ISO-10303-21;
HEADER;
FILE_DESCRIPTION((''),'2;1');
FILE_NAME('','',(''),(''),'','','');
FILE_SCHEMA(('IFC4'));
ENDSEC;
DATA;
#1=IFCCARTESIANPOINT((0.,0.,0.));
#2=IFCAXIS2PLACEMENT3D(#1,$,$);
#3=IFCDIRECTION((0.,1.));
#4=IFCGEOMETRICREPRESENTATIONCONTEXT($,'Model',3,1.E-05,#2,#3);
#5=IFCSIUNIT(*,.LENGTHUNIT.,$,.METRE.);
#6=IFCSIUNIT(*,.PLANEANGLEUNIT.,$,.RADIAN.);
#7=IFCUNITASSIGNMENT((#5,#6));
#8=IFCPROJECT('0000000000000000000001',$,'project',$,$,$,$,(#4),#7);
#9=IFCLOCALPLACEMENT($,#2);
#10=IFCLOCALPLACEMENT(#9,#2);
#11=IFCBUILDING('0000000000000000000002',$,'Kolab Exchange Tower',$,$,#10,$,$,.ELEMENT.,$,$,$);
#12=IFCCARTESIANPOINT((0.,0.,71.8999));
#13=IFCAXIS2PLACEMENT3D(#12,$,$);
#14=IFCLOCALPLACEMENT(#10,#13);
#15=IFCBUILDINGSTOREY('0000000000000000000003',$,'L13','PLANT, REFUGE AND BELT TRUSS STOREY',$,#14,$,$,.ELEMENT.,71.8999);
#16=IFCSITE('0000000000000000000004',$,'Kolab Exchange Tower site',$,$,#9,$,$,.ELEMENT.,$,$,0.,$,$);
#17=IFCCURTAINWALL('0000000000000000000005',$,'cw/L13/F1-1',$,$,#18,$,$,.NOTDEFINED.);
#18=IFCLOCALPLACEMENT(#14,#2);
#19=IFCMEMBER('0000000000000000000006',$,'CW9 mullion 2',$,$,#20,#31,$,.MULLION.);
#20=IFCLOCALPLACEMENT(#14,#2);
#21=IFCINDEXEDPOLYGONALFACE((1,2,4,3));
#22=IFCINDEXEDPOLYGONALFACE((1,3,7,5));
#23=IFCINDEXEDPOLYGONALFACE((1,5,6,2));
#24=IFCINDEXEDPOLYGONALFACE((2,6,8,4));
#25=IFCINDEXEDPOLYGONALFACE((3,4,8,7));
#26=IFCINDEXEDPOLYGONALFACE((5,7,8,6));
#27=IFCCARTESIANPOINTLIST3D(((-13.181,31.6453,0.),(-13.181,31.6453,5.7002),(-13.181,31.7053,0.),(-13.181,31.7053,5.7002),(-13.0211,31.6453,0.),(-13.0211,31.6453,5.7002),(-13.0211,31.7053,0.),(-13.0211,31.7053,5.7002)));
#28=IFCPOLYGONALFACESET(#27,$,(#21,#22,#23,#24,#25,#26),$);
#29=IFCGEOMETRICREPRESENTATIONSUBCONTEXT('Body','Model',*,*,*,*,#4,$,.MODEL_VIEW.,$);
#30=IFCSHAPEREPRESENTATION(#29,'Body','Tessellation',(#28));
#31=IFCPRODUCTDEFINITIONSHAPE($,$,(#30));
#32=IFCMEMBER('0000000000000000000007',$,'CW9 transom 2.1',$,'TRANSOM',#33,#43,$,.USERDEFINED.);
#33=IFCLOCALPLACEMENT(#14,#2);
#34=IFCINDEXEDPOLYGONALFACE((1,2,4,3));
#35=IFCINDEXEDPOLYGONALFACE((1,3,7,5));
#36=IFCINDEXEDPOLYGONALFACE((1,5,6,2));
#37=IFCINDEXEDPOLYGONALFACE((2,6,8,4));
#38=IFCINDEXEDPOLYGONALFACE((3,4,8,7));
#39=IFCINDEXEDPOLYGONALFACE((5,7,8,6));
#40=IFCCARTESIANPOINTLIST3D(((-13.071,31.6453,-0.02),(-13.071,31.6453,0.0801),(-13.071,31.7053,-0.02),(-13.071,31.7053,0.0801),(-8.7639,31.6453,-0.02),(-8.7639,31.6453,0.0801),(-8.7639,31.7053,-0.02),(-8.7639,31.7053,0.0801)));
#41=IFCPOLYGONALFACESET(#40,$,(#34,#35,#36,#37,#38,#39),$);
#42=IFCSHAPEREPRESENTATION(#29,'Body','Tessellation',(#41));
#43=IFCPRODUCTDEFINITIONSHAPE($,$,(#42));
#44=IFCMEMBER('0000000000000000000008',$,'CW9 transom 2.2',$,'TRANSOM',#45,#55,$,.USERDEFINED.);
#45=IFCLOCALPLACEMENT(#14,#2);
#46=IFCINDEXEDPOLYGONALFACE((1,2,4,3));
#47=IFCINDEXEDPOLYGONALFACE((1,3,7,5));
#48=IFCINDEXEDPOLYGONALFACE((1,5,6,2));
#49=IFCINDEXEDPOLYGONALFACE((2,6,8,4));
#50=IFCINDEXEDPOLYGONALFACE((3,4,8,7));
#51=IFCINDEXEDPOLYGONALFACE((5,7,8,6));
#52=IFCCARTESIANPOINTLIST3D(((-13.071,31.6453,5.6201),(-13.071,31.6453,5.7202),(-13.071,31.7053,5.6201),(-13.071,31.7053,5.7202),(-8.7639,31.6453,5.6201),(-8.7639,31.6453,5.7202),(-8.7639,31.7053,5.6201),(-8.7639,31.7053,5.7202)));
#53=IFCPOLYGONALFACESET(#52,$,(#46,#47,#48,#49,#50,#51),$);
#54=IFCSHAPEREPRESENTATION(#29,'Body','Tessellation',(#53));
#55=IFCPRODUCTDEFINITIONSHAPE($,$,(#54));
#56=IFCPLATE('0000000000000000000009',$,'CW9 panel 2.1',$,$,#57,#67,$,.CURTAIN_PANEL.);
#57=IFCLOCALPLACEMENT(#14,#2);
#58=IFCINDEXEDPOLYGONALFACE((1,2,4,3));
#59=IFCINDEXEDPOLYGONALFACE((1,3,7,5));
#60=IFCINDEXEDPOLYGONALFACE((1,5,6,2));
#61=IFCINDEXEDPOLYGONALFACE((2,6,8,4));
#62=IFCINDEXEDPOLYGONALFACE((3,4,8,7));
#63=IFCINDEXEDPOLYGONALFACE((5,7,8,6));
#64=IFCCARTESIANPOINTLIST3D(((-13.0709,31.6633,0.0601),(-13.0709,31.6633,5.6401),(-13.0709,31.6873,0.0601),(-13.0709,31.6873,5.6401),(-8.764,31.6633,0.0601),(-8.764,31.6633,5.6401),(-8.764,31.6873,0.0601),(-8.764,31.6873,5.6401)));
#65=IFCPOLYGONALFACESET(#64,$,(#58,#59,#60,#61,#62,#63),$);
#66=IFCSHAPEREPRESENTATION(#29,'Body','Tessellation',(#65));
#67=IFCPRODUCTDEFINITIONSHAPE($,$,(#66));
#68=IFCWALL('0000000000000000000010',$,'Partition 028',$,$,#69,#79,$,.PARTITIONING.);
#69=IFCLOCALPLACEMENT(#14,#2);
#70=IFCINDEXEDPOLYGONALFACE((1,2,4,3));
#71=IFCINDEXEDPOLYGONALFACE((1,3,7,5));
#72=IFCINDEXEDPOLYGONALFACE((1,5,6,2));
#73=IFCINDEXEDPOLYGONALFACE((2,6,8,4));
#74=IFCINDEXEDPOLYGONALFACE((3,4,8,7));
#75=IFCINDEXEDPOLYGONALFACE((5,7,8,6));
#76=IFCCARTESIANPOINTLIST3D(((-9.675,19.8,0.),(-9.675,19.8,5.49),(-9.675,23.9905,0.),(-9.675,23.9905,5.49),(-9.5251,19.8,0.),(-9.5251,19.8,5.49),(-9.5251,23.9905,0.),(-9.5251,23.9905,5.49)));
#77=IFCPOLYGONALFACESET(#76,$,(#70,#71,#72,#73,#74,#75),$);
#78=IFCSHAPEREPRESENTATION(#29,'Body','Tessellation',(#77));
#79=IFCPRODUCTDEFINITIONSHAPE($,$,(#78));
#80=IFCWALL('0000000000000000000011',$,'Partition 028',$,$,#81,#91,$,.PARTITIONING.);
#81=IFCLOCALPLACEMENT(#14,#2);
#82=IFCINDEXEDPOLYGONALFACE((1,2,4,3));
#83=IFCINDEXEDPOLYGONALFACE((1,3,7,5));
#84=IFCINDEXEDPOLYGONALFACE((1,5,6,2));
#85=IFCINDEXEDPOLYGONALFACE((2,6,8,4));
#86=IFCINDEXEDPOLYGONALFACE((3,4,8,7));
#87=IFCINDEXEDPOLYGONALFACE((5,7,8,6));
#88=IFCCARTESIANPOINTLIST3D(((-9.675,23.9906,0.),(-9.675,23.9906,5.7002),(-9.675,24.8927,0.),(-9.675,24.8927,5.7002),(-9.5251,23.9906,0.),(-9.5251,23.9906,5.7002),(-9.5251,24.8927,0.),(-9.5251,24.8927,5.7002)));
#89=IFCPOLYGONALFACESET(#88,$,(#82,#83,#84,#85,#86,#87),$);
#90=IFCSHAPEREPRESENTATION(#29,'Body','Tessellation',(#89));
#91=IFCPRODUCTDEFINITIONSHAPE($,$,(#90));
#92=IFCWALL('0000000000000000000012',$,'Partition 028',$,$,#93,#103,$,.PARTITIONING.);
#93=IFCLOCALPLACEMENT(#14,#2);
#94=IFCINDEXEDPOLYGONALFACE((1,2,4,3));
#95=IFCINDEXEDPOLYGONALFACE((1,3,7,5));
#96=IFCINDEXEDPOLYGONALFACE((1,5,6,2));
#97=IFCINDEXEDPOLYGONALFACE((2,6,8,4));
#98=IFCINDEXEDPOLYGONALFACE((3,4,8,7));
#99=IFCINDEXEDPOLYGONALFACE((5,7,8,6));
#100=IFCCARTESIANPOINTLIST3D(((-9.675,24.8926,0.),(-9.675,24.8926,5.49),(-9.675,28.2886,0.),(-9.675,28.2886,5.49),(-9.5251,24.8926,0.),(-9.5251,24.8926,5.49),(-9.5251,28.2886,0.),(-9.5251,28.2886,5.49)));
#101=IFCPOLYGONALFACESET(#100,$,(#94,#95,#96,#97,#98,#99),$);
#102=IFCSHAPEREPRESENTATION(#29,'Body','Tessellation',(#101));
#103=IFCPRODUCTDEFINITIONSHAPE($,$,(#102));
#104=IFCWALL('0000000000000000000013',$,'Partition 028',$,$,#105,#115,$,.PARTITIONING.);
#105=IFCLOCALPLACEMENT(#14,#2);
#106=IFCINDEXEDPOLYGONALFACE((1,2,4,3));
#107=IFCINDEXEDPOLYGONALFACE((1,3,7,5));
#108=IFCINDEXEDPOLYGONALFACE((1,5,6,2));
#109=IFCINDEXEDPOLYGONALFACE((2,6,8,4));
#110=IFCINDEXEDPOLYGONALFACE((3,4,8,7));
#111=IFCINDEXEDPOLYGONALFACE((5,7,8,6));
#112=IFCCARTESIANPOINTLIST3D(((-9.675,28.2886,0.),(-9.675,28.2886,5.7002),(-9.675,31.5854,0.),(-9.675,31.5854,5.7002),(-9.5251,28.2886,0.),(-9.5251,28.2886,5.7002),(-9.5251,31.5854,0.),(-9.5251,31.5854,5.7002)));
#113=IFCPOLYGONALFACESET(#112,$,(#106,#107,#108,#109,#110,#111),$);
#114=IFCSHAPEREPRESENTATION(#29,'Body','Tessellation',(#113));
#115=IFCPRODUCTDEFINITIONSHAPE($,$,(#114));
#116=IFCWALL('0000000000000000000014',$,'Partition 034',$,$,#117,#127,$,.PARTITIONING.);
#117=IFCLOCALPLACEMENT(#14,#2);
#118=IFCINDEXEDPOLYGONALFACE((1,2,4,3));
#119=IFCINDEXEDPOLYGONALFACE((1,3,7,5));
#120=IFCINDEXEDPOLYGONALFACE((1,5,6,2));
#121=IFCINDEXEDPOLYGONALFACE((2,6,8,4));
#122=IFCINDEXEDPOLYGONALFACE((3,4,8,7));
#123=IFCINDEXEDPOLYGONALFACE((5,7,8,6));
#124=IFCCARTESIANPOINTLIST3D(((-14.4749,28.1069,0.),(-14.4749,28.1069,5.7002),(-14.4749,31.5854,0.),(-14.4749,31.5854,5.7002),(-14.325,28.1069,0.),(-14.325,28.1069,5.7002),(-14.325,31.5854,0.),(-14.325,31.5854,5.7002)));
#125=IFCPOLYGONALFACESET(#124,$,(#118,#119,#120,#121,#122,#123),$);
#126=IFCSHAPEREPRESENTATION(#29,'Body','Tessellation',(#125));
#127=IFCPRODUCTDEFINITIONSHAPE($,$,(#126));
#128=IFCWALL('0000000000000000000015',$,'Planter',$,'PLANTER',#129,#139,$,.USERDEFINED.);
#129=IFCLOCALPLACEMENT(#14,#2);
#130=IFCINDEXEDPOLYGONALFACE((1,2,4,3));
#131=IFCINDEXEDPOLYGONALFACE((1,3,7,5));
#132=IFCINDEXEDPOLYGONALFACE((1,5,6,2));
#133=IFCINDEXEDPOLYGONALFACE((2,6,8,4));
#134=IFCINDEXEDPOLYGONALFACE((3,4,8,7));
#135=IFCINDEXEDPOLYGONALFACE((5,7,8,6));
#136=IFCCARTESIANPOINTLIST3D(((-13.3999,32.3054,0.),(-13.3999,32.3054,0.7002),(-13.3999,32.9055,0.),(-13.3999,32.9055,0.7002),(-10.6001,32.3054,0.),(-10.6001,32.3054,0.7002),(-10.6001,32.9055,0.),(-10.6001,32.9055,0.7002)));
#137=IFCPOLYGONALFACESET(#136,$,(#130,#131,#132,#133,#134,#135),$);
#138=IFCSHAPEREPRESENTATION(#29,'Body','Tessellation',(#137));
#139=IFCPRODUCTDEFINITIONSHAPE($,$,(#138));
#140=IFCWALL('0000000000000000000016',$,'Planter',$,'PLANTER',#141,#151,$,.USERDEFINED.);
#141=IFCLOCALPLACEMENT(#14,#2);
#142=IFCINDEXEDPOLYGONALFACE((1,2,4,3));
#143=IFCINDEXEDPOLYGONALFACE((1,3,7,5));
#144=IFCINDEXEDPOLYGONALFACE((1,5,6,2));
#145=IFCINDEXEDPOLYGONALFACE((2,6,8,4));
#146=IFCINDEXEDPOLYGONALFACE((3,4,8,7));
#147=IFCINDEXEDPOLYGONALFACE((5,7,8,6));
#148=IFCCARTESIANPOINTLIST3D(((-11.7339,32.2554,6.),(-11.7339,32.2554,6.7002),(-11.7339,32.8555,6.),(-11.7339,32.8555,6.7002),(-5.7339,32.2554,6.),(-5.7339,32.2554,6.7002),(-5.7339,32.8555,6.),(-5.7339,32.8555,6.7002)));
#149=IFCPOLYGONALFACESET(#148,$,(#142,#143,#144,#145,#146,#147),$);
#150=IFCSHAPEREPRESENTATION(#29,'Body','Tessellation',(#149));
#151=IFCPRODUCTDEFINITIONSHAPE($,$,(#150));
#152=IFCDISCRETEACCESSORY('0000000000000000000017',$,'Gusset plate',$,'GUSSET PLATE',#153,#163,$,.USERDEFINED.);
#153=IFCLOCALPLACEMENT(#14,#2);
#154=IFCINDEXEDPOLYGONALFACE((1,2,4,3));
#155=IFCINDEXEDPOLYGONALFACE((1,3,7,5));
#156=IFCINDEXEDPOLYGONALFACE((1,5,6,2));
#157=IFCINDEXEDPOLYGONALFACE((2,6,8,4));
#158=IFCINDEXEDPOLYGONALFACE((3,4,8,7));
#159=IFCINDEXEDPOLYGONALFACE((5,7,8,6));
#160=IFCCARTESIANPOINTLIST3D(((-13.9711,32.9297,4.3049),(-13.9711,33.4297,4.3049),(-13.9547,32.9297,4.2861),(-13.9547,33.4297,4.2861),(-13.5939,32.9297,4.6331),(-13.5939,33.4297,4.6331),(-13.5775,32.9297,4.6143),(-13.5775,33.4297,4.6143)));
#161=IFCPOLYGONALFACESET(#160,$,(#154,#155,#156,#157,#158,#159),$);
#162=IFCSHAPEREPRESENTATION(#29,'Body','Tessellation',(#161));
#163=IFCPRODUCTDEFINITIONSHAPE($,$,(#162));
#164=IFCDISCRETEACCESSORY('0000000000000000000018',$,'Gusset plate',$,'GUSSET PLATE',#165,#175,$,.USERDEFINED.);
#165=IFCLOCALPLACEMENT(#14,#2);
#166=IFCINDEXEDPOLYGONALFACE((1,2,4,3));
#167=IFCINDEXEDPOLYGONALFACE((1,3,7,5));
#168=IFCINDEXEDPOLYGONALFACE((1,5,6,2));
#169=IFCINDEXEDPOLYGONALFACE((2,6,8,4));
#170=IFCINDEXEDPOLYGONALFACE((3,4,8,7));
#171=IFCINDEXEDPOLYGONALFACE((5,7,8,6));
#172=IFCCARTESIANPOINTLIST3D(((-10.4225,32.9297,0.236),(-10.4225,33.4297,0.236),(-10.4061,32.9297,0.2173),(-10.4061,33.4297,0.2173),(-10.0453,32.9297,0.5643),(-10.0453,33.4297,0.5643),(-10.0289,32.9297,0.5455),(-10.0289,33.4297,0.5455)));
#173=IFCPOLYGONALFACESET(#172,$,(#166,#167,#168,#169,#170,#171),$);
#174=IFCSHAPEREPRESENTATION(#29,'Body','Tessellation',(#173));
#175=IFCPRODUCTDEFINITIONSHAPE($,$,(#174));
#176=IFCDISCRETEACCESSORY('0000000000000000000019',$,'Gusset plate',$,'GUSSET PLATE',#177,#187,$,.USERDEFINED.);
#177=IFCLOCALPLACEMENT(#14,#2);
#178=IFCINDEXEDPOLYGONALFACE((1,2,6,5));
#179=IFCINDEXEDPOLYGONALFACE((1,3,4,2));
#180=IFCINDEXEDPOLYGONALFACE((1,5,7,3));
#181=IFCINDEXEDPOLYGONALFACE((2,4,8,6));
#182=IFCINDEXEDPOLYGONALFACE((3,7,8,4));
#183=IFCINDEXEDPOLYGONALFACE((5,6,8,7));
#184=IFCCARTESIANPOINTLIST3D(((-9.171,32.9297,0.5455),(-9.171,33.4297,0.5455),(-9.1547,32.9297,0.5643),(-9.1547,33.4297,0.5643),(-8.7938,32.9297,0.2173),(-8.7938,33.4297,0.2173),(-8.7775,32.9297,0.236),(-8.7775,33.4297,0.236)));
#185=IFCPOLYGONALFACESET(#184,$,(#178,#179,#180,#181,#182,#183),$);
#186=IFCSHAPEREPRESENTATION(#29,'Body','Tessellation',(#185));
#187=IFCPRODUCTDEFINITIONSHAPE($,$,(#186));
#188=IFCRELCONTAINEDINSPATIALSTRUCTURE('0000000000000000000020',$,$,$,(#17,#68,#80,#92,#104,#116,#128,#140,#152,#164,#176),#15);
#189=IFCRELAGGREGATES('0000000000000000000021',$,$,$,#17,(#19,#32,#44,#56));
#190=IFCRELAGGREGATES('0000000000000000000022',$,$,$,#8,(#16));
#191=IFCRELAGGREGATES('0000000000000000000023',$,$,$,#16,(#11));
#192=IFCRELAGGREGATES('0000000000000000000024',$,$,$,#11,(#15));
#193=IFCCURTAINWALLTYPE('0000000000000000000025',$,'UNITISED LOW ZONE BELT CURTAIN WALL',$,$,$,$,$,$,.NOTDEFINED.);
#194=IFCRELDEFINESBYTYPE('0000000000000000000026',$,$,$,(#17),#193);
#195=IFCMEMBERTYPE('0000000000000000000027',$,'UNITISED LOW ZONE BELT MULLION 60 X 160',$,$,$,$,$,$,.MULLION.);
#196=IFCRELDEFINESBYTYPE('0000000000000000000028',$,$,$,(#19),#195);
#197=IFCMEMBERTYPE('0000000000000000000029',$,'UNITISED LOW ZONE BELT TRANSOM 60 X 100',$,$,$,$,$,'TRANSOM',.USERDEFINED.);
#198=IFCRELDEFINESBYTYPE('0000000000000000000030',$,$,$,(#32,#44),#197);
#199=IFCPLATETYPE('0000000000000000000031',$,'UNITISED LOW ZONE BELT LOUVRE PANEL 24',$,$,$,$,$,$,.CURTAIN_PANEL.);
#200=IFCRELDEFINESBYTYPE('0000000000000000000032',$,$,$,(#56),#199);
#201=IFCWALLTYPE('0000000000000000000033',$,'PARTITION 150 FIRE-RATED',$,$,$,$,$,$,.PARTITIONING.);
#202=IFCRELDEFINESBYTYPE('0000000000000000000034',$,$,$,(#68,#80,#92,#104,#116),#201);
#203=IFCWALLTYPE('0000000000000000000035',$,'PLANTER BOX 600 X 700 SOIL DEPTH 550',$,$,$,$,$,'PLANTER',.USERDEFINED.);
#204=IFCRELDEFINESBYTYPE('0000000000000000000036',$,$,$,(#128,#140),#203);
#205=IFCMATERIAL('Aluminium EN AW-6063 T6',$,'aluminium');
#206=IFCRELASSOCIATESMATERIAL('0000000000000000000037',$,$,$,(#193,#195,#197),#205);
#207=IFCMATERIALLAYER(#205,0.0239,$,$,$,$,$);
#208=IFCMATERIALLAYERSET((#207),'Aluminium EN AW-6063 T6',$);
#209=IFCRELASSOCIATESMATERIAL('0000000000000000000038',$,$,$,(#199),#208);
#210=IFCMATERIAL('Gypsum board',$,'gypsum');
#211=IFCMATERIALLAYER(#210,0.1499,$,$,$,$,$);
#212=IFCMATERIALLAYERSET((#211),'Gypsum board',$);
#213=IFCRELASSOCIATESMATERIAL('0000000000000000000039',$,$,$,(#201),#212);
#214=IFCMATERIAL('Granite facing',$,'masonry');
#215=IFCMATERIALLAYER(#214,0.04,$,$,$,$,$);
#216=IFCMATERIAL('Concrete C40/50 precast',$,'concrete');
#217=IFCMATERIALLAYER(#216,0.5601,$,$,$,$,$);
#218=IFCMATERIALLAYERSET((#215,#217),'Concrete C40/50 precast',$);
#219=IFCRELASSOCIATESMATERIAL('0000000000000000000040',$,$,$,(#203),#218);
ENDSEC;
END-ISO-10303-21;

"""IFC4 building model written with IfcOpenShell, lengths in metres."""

from ifc_helpers import new_model, si_unit, direction, frame, frame_2d, origin, origin_2d, place, context, subcontext, project, spatial, rectangle, extrude, material, layer, layer_set, material_profile, profile_set, type_object, element, aggregate, save


model = new_model("IFC4")

# Units and contexts
model_context = context("Model", 3, precision=1e-05, world=origin(), true_north=direction((0.0, 1.0)))
body_context = subcontext(model_context, "Body", "Model", "MODEL_VIEW")
ifc_project = project(units=[si_unit("LENGTHUNIT", "METRE"), si_unit("PLANEANGLEUNIT", "RADIAN")], contexts=[model_context])

# Site, building, storey
site_placement = place(None, origin())
site = spatial("IfcSite", under=ifc_project, at=site_placement, Name="Kolab Exchange Tower site", CompositionType="ELEMENT", RefElevation=0.0)
building_placement = place(site_placement, origin())
building = spatial("IfcBuilding", under=site, at=building_placement, Name="Kolab Exchange Tower", CompositionType="ELEMENT")
storey_placement = place(building_placement, frame((0.0, 0.0, 71.8999)))
storey = spatial("IfcBuildingStorey", under=building, at=storey_placement, Name="L13", Description="PLANT, REFUGE AND BELT TRUSS STOREY", CompositionType="ELEMENT", Elevation=71.8999)

# Curtain wall, members, plate
ifc_material_1 = material(Name="Aluminium EN AW-6063 T6", Category="aluminium")
curtain_wall_type = type_object("IfcCurtainWallType", Name="UNITISED LOW ZONE BELT CURTAIN WALL", PredefinedType="NOTDEFINED", material=ifc_material_1)
curtain_wall_placement = place(storey_placement, origin())
curtain_wall = element("IfcCurtainWall", 1, at=curtain_wall_placement, inside=storey, type_object=curtain_wall_type, Name="cw/L13/F1-1", PredefinedType="NOTDEFINED")
ifc_material_profile_1 = material_profile(ifc_material_1, rectangle(XDim=0.0601, YDim=0.1599, at=origin_2d()), Name="RECT 60X160")
ifc_profile_set_1 = profile_set([ifc_material_profile_1], Name="Aluminium EN AW-6063 T6")
member_type_1 = type_object("IfcMemberType", Name="UNITISED LOW ZONE BELT MULLION 60 X 160", PredefinedType="MULLION", material=ifc_profile_set_1)
member_1_placement = place(storey_placement, frame((-13.1011, 31.6753, 0.0), z_axis=(0.0, 0.0, 1.0), x_axis=(0.0, 1.0, 0.0)))
member_1 = element("IfcMember", 2, at=member_1_placement, type_object=member_type_1, Name="CW9 mullion 2", PredefinedType="MULLION", context=body_context, shape_type="SweptSolid", body=[
    extrude(rectangle(XDim=0.0601, YDim=0.1599, at=origin_2d()), origin(), (0.0, 0.0, 1.0), 5.7002),
])
ifc_material_profile_2 = material_profile(ifc_material_1, rectangle(XDim=0.0601, YDim=0.1001, at=origin_2d()), Name="RECT 60X100")
ifc_profile_set_2 = profile_set([ifc_material_profile_2], Name="Aluminium EN AW-6063 T6")
member_type_2 = type_object("IfcMemberType", Name="UNITISED LOW ZONE BELT TRANSOM 60 X 100", ElementType="TRANSOM", PredefinedType="USERDEFINED", material=ifc_profile_set_2)
member_2_placement = place(storey_placement, frame((-13.071, 31.6753, 0.03), z_axis=(1.0, 0.0, 0.0), x_axis=(0.0, 1.0, 0.0)))
member_2 = element("IfcMember", 3, at=member_2_placement, type_object=member_type_2, Name="CW9 transom 2.1", ObjectType="TRANSOM", PredefinedType="USERDEFINED", context=body_context, shape_type="SweptSolid", body=[
    extrude(rectangle(XDim=0.0601, YDim=0.1001, at=origin_2d()), origin(), (0.0, 0.0, 1.0), 4.3071),
])
member_3_placement = place(storey_placement, frame((-13.071, 31.6753, 5.6702), z_axis=(1.0, 0.0, 0.0), x_axis=(0.0, 1.0, 0.0)))
member_3 = element("IfcMember", 4, at=member_3_placement, type_object=member_type_2, Name="CW9 transom 2.2", ObjectType="TRANSOM", PredefinedType="USERDEFINED", context=body_context, shape_type="SweptSolid", body=[
    extrude(rectangle(XDim=0.0601, YDim=0.1001, at=origin_2d()), origin(), (0.0, 0.0, 1.0), 4.3071),
])
ifc_layer_1 = layer(ifc_material_1, 0.0239)
ifc_layer_set_1 = layer_set([ifc_layer_1], Name="Aluminium EN AW-6063 T6")
plate_type = type_object("IfcPlateType", Name="UNITISED LOW ZONE BELT LOUVRE PANEL 24", PredefinedType="CURTAIN_PANEL", material=ifc_layer_set_1)
plate_placement = place(storey_placement, frame((-10.9175, 31.6753, 0.0601), z_axis=(0.0, 0.0, 1.0), x_axis=(1.0, 0.0, 0.0)))
plate = element("IfcPlate", 5, at=plate_placement, type_object=plate_type, Name="CW9 panel 2.1", PredefinedType="CURTAIN_PANEL", context=body_context, shape_type="SweptSolid", body=[
    extrude(rectangle(XDim=4.3069, YDim=0.0239, at=origin_2d()), origin(), (0.0, 0.0, 1.0), 5.5801),
])
aggregate(curtain_wall, [member_1, member_2, member_3, plate])

# Walls
ifc_material_2 = material(Name="Gypsum board", Category="gypsum")
ifc_layer_2 = layer(ifc_material_2, 0.1499)
ifc_layer_set_2 = layer_set([ifc_layer_2], Name="Gypsum board")
wall_type_1 = type_object("IfcWallType", Name="PARTITION 150 FIRE-RATED", PredefinedType="PARTITIONING", material=ifc_layer_set_2)
wall_1_placement = place(storey_placement, frame((-9.6001, 19.8, 0.0), z_axis=(0.0, 0.0, 1.0), x_axis=(0.0, 1.0, 0.0)))
element("IfcWall", 6, at=wall_1_placement, inside=storey, type_object=wall_type_1, Name="Partition 028", PredefinedType="PARTITIONING", context=body_context, shape_type="SweptSolid", body=[
    extrude(rectangle(XDim=4.1904, YDim=0.1499, at=frame_2d((2.0952, 0.0))), origin(), (0.0, 0.0, 1.0), 5.49),
])
wall_2_placement = place(storey_placement, frame((-9.6001, 23.9905, 0.0), z_axis=(0.0, 0.0, 1.0), x_axis=(0.0, 1.0, 0.0)))
element("IfcWall", 7, at=wall_2_placement, inside=storey, type_object=wall_type_1, Name="Partition 028", PredefinedType="PARTITIONING", context=body_context, shape_type="SweptSolid", body=[
    extrude(rectangle(XDim=0.9021, YDim=0.1499, at=frame_2d((0.4512, 0.0))), origin(), (0.0, 0.0, 1.0), 5.7002),
])
wall_3_placement = place(storey_placement, frame((-9.6001, 24.8926, 0.0), z_axis=(0.0, 0.0, 1.0), x_axis=(0.0, 1.0, 0.0)))
element("IfcWall", 8, at=wall_3_placement, inside=storey, type_object=wall_type_1, Name="Partition 028", PredefinedType="PARTITIONING", context=body_context, shape_type="SweptSolid", body=[
    extrude(rectangle(XDim=3.396, YDim=0.1499, at=frame_2d((1.698, 0.0))), origin(), (0.0, 0.0, 1.0), 5.49),
])
wall_4_placement = place(storey_placement, frame((-9.6001, 28.2886, 0.0), z_axis=(0.0, 0.0, 1.0), x_axis=(0.0, 1.0, 0.0)))
element("IfcWall", 9, at=wall_4_placement, inside=storey, type_object=wall_type_1, Name="Partition 028", PredefinedType="PARTITIONING", context=body_context, shape_type="SweptSolid", body=[
    extrude(rectangle(XDim=3.2969, YDim=0.1499, at=frame_2d((1.6484, 0.0))), origin(), (0.0, 0.0, 1.0), 5.7002),
])
wall_5_placement = place(storey_placement, frame((-14.3999, 28.1069, 0.0), z_axis=(0.0, 0.0, 1.0), x_axis=(0.0, 1.0, 0.0)))
element("IfcWall", 10, at=wall_5_placement, inside=storey, type_object=wall_type_1, Name="Partition 034", PredefinedType="PARTITIONING", context=body_context, shape_type="SweptSolid", body=[
    extrude(rectangle(XDim=3.4785, YDim=0.1499, at=frame_2d((1.7393, 0.0))), origin(), (0.0, 0.0, 1.0), 5.7002),
])
ifc_material_3 = material(Name="Granite facing", Category="masonry")
ifc_layer_3 = layer(ifc_material_3, 0.04)
ifc_material_4 = material(Name="Concrete C40/50 precast", Category="concrete")
ifc_layer_4 = layer(ifc_material_4, 0.5601)
ifc_layer_set_3 = layer_set([ifc_layer_3, ifc_layer_4], Name="Concrete C40/50 precast")
wall_type_2 = type_object("IfcWallType", Name="PLANTER BOX 600 X 700 SOIL DEPTH 550", ElementType="PLANTER", PredefinedType="USERDEFINED", material=ifc_layer_set_3)
wall_6_placement = place(storey_placement, frame((-13.3999, 32.6055, 0.0), z_axis=(0.0, 0.0, 1.0), x_axis=(1.0, 0.0, 0.0)))
element("IfcWall", 11, at=wall_6_placement, inside=storey, type_object=wall_type_2, Name="Planter", ObjectType="PLANTER", PredefinedType="USERDEFINED", context=body_context, shape_type="SweptSolid", body=[
    extrude(rectangle(XDim=2.7998, YDim=0.6001, at=frame_2d((1.3999, 0.0))), origin(), (0.0, 0.0, 1.0), 0.7002),
])
wall_7_placement = place(storey_placement, frame((-11.7339, 32.5554, 6.0), z_axis=(0.0, 0.0, 1.0), x_axis=(1.0, 0.0, 0.0)))
element("IfcWall", 12, at=wall_7_placement, inside=storey, type_object=wall_type_2, Name="Planter", ObjectType="PLANTER", PredefinedType="USERDEFINED", context=body_context, shape_type="SweptSolid", body=[
    extrude(rectangle(XDim=6.0, YDim=0.6001, at=frame_2d((3.0, 0.0))), origin(), (0.0, 0.0, 1.0), 0.7002),
])

# Discrete accessories
for number, where, z_axis, x_axis, name in (
    (13, (-13.7661, 33.1797, 4.4502), (-0.656421, 0.0, 0.754395), (0.0, -1.0, 0.0), "Gusset plate"),
    (14, (-10.2339, 33.1797, 0.4001), (0.656421, 0.0, -0.754395), (0.0, 1.0, 0.0), "Gusset plate"),
    (15, (-8.9661, 33.1797, 0.4001), (-0.656421, 0.0, -0.754395), (0.0, -1.0, 0.0), "Gusset plate"),
):
    element("IfcDiscreteAccessory", number, at=place(storey_placement, frame(where, z_axis=z_axis, x_axis=x_axis)), inside=storey, Name=name, ObjectType="GUSSET PLATE", PredefinedType="USERDEFINED", context=body_context, shape_type="SweptSolid", body=[
        extrude(rectangle(XDim=0.5, YDim=0.5, at=origin_2d()), origin(), (0.0, 0.0, 1.0), 0.0249),
    ])

save(model, "model.ifc")
